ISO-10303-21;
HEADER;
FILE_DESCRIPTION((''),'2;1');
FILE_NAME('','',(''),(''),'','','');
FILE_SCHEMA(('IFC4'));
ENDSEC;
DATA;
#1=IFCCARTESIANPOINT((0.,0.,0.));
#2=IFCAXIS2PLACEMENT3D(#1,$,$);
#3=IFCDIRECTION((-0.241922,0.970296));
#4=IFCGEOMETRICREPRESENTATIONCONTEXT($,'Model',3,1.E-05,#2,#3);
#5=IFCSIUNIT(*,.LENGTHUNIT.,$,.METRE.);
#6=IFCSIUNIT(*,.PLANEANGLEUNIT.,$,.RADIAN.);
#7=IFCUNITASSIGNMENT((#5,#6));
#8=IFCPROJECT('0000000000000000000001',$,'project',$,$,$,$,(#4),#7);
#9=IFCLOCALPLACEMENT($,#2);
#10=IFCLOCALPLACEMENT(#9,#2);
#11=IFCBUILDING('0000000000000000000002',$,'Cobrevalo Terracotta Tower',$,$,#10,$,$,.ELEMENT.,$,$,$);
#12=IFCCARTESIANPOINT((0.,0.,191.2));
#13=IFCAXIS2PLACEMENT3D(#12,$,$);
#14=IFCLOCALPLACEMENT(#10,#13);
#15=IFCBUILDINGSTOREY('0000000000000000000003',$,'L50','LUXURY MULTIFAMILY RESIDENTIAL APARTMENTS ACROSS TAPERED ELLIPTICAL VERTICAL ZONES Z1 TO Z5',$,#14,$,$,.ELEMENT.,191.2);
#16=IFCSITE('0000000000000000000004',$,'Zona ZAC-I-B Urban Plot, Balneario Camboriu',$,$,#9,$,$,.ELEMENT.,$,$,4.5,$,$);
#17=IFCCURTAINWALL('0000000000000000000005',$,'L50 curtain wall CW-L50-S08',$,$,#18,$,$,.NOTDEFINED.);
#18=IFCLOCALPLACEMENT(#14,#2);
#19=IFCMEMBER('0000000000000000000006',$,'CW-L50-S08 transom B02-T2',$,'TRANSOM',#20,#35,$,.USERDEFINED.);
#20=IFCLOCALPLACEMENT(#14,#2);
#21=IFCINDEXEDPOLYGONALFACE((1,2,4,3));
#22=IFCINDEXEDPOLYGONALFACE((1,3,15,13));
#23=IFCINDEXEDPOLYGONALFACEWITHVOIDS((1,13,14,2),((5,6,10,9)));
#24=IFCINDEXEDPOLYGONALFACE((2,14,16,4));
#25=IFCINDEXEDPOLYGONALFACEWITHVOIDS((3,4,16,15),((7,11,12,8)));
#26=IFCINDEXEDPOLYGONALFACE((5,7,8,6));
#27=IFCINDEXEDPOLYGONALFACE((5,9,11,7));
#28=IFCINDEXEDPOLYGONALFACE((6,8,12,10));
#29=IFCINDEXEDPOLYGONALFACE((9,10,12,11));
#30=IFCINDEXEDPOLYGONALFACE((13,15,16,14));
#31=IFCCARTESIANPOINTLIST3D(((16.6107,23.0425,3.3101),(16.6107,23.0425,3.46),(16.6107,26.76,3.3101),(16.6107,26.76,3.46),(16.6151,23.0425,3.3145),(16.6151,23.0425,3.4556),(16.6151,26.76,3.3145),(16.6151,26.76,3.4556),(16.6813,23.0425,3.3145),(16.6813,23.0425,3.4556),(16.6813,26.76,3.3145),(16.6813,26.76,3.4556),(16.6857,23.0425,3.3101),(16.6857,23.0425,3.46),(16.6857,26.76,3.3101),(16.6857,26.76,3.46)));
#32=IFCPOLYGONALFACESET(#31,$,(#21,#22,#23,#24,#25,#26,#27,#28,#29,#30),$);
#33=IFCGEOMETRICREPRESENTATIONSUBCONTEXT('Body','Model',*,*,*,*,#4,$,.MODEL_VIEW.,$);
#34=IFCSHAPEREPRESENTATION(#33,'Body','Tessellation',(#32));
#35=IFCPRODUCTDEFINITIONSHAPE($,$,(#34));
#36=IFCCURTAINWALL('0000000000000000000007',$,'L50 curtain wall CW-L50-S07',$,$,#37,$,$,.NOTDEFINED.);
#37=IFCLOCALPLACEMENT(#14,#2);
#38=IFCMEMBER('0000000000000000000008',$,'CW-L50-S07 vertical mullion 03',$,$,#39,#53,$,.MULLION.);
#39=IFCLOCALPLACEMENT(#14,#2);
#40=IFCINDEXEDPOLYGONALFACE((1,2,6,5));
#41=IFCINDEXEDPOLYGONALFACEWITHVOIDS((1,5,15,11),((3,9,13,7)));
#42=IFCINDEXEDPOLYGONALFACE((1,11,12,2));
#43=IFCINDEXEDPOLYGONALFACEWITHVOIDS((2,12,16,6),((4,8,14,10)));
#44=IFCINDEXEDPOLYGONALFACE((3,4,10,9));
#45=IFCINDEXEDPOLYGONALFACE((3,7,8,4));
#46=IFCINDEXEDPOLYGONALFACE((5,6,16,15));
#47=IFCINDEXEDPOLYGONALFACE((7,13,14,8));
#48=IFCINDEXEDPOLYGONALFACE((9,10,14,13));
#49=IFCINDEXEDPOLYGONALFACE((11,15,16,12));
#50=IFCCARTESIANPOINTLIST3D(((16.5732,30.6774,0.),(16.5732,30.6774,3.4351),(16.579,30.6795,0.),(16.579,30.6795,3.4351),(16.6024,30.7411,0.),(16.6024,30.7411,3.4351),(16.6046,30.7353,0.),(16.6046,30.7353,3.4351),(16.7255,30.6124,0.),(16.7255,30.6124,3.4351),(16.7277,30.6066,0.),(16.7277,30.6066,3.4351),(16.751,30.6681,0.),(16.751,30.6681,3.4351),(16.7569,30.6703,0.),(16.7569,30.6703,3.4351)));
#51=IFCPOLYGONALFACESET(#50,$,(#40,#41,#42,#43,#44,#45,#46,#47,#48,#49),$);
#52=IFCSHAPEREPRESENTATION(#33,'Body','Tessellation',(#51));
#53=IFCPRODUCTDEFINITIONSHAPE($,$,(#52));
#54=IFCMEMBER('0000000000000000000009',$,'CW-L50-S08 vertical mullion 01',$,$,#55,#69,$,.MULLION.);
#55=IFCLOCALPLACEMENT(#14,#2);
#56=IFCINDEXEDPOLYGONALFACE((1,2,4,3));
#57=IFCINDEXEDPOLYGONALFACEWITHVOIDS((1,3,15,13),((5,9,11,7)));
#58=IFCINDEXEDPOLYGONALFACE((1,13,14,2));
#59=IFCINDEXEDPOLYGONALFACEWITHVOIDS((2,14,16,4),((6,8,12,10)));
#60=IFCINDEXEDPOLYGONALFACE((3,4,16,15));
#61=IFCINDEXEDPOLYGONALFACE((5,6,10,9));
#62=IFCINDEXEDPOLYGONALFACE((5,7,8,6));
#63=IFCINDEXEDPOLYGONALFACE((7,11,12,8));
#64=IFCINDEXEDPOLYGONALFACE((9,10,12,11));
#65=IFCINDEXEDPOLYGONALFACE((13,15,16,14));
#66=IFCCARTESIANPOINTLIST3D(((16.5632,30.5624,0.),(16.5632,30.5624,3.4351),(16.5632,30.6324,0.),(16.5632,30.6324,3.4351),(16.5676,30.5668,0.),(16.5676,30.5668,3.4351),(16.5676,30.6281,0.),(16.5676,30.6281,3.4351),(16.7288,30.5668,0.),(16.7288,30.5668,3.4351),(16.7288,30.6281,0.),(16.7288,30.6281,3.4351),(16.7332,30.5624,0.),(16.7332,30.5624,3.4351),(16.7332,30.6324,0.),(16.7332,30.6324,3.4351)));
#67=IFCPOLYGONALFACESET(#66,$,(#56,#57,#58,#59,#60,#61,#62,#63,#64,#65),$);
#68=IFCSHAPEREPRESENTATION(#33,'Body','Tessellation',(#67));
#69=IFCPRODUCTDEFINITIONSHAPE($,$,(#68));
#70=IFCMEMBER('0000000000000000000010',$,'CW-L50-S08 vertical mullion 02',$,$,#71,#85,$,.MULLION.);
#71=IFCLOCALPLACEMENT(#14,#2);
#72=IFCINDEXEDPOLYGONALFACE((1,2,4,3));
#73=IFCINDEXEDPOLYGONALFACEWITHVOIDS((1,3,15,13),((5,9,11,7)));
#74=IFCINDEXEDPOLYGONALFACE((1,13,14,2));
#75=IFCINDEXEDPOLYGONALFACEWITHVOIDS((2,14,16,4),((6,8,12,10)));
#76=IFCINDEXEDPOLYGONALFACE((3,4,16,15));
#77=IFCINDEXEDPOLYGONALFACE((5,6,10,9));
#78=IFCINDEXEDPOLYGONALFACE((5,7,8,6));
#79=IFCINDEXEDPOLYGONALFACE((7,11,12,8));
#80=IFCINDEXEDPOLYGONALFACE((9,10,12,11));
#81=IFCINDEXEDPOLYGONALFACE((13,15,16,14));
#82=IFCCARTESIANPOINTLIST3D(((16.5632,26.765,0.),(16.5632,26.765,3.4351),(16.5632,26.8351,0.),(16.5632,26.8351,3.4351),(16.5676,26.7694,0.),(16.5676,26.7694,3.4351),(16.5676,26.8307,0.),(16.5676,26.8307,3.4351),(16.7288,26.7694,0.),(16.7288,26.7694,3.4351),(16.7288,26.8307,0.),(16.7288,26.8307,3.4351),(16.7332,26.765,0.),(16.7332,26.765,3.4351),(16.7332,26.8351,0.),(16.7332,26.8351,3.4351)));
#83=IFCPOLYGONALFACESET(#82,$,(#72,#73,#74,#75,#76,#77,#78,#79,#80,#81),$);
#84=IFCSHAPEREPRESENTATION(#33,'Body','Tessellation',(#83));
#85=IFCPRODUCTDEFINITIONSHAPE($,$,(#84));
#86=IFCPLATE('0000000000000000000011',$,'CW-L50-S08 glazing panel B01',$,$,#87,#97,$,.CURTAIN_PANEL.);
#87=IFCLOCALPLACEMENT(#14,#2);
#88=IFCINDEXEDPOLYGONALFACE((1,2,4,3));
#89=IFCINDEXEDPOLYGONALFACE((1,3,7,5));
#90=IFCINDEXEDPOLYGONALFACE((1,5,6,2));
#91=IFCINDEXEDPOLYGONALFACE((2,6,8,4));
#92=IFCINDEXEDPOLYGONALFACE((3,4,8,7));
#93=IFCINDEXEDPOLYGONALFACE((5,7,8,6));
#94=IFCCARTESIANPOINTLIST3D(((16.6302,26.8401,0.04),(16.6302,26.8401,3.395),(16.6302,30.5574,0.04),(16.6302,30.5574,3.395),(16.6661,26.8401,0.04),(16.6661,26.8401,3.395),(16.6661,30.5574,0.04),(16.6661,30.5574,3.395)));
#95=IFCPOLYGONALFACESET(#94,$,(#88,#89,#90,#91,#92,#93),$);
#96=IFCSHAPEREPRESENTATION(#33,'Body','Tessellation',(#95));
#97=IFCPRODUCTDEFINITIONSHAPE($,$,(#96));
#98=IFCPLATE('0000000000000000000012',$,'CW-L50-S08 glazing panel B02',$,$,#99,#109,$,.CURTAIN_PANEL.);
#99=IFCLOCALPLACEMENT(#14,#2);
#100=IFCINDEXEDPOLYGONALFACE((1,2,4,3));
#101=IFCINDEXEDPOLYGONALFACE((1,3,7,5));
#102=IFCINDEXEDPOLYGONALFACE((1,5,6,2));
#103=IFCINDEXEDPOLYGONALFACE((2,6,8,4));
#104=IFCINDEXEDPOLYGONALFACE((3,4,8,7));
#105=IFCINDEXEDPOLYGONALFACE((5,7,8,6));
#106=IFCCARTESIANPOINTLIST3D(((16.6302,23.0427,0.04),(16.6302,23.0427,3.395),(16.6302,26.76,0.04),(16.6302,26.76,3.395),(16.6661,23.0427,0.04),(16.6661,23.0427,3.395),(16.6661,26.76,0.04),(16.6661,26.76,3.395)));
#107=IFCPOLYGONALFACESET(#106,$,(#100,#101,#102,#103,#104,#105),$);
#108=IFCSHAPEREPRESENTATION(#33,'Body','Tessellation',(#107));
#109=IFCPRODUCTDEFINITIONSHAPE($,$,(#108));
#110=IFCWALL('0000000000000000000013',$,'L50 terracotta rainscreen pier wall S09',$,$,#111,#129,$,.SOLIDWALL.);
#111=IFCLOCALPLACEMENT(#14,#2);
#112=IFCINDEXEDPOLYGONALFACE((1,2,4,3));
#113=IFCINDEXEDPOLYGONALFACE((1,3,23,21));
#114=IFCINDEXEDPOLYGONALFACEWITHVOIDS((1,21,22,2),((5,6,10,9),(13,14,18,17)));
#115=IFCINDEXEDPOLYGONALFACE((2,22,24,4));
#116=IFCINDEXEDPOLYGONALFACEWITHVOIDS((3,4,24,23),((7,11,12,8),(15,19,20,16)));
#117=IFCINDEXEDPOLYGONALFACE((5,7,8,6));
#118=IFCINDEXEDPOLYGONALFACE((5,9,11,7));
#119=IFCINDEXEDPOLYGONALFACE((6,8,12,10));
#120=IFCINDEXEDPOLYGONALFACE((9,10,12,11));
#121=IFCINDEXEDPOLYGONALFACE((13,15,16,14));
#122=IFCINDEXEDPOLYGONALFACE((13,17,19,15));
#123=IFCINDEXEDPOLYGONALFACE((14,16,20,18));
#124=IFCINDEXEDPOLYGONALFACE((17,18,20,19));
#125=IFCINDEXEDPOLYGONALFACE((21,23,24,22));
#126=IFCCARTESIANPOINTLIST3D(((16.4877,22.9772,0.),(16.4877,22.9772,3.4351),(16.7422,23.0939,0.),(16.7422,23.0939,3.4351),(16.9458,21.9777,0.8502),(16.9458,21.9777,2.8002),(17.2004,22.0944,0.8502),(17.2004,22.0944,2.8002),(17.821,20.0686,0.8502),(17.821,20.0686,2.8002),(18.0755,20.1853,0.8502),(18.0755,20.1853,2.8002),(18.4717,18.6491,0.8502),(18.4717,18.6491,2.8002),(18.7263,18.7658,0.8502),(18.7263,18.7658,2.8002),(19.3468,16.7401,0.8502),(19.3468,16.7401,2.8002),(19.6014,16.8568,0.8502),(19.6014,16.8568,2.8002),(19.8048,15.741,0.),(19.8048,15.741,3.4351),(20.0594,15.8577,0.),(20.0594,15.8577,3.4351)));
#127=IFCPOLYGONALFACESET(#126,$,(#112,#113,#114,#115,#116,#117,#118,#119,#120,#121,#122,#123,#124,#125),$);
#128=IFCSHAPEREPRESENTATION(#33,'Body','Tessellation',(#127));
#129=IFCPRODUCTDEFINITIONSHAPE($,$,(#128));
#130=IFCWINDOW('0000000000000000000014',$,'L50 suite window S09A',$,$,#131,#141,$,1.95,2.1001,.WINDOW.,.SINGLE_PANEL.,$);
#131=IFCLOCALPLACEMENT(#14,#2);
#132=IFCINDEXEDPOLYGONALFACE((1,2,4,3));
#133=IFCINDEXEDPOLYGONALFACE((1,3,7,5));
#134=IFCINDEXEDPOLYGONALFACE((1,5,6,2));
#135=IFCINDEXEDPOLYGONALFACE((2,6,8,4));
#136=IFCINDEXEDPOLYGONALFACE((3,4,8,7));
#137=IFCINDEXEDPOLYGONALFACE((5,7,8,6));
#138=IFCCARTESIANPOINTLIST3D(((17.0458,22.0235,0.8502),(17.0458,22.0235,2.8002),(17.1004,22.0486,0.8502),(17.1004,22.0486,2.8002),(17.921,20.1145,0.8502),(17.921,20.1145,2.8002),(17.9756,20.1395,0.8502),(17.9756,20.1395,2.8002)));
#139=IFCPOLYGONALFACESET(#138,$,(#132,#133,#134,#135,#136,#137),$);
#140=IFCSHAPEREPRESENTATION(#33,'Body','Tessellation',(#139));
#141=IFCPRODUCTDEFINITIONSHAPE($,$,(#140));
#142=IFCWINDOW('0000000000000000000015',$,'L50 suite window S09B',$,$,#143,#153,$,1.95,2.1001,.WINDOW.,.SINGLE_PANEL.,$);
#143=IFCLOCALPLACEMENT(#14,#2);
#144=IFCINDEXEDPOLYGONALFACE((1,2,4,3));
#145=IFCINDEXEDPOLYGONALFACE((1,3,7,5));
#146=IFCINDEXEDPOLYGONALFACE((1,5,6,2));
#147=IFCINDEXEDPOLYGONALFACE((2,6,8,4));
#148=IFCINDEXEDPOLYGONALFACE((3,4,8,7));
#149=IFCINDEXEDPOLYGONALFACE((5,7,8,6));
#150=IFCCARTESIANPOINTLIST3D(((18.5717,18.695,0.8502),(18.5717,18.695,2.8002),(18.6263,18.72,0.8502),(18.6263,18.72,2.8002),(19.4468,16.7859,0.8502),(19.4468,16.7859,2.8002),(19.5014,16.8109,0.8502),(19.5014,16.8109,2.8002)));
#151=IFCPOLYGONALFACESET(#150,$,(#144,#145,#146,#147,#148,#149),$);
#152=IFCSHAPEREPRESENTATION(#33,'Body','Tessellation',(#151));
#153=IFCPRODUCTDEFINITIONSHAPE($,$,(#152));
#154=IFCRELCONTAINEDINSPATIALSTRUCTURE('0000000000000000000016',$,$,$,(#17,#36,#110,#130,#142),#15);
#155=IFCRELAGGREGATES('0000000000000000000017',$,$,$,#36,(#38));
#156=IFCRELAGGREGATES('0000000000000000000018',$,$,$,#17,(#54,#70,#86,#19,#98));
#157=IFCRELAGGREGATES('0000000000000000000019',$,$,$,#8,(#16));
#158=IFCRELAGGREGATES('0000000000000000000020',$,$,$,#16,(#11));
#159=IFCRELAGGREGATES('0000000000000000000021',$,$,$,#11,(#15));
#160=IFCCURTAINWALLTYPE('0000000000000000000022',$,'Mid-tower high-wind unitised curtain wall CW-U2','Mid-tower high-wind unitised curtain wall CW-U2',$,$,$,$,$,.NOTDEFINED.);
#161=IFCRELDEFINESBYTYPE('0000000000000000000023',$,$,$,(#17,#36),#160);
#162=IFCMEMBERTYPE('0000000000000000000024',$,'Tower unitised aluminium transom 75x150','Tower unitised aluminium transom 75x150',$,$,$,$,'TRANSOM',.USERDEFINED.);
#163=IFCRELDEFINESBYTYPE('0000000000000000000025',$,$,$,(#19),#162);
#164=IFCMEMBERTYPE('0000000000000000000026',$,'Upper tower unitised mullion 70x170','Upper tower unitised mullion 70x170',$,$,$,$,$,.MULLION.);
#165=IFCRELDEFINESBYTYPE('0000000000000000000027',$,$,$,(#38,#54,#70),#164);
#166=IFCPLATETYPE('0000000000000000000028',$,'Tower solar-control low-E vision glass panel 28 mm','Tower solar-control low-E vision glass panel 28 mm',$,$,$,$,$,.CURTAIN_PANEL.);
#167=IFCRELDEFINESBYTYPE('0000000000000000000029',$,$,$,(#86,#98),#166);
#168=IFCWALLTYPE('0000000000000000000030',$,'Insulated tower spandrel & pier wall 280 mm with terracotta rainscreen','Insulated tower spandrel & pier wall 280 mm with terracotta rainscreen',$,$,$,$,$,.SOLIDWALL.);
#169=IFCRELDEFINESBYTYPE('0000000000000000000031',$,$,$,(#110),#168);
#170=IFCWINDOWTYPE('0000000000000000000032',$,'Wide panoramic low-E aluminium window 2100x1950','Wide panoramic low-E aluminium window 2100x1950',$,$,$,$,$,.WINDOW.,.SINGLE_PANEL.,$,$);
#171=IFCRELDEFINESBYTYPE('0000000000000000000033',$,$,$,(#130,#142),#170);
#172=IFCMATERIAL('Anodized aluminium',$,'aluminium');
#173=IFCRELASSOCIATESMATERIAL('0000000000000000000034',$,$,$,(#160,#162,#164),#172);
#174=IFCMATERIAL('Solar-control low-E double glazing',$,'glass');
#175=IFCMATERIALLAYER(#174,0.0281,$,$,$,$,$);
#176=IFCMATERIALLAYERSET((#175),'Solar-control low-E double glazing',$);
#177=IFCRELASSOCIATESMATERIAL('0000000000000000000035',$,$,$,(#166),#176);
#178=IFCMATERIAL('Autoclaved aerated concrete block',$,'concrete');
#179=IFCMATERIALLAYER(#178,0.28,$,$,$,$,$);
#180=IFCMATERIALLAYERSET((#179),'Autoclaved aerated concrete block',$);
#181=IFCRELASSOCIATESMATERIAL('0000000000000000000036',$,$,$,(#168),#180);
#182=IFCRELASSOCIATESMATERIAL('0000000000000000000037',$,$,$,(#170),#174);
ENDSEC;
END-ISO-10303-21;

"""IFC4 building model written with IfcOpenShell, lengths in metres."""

from ifc_helpers import new_model, si_unit, direction, frame, frame_2d, origin, origin_2d, place, context, subcontext, project, spatial, rectangle, hollow_rectangle, extrude, source, transform, mapped, material, layer, layer_set, material_profile, profile_set, type_object, element, fill, aggregate, save


model = new_model("IFC4")

# Units and contexts
model_context = context("Model", 3, precision=1e-05, world=origin(), true_north=direction((-0.241922, 0.970296)))
body_context = subcontext(model_context, "Body", "Model", "MODEL_VIEW")
ifc_project = project(units=[si_unit("LENGTHUNIT", "METRE"), si_unit("PLANEANGLEUNIT", "RADIAN")], contexts=[model_context])

# Site, building, storey
site_placement = place(None, origin())
site = spatial("IfcSite", under=ifc_project, at=site_placement, Name="Zona ZAC-I-B Urban Plot, Balneario Camboriu", CompositionType="ELEMENT", RefElevation=4.5)
building_placement = place(site_placement, origin())
building = spatial("IfcBuilding", under=site, at=building_placement, Name="Cobrevalo Terracotta Tower", CompositionType="ELEMENT")
storey_placement = place(building_placement, frame((0.0, 0.0, 191.2)))
storey = spatial("IfcBuildingStorey", under=building, at=storey_placement, Name="L50", Description="LUXURY MULTIFAMILY RESIDENTIAL APARTMENTS ACROSS TAPERED ELLIPTICAL VERTICAL ZONES Z1 TO Z5", CompositionType="ELEMENT", Elevation=191.2)

# Curtain wall, member
ifc_material_1 = material(Name="Anodized aluminium", Category="aluminium")
curtain_wall_type = type_object("IfcCurtainWallType", Name="Mid-tower high-wind unitised curtain wall CW-U2", Description="Mid-tower high-wind unitised curtain wall CW-U2", PredefinedType="NOTDEFINED", material=ifc_material_1)
curtain_wall_1_placement = place(storey_placement, origin())
curtain_wall_1 = element("IfcCurtainWall", 1, at=curtain_wall_1_placement, inside=storey, type_object=curtain_wall_type, Name="L50 curtain wall CW-L50-S08", PredefinedType="NOTDEFINED")
ifc_material_profile_1 = material_profile(ifc_material_1, hollow_rectangle(XDim=0.075, YDim=0.1499, WallThickness=0.0044, at=origin_2d()), Name="CWT 75x150")
ifc_profile_set_1 = profile_set([ifc_material_profile_1], Name="Anodized aluminium")
member_type_1 = type_object("IfcMemberType", Name="Tower unitised aluminium transom 75x150", Description="Tower unitised aluminium transom 75x150", ElementType="TRANSOM", PredefinedType="USERDEFINED", material=ifc_profile_set_1)
shared_shape_1 = source(origin(), body_context, "Body", "SweptSolid", [
    extrude(hollow_rectangle(XDim=0.075, YDim=0.1499, WallThickness=0.0044, at=origin_2d()), origin(), (0.0, 0.0, 1.0), 3.7175),
])
member_1_placement = place(storey_placement, frame((16.6482, 26.76, 3.385), z_axis=(0.0, -1.0, 0.0), x_axis=(1.0, 0.0, 0.0)))
member_1 = element("IfcMember", 2, at=member_1_placement, type_object=member_type_1, Name="CW-L50-S08 transom B02-T2", ObjectType="TRANSOM", PredefinedType="USERDEFINED", context=body_context, shape_type="MappedRepresentation", body=[
    mapped(shared_shape_1, transform((0.0, 0.0, 0.0), scale=1.0)),
])

# Curtain wall, member
curtain_wall_2_placement = place(storey_placement, origin())
curtain_wall_2 = element("IfcCurtainWall", 3, at=curtain_wall_2_placement, inside=storey, type_object=curtain_wall_type, Name="L50 curtain wall CW-L50-S07", PredefinedType="NOTDEFINED")
ifc_material_profile_2 = material_profile(ifc_material_1, hollow_rectangle(XDim=0.0701, YDim=0.1699, WallThickness=0.0044, at=origin_2d()), Name="CWM 70x170")
ifc_profile_set_2 = profile_set([ifc_material_profile_2], Name="Anodized aluminium")
member_type_2 = type_object("IfcMemberType", Name="Upper tower unitised mullion 70x170", Description="Upper tower unitised mullion 70x170", PredefinedType="MULLION", material=ifc_profile_set_2)
shared_shape_2 = source(origin(), body_context, "Body", "SweptSolid", [
    extrude(hollow_rectangle(XDim=0.0701, YDim=0.1699, WallThickness=0.0044, at=origin_2d()), origin(), (0.0, 0.0, 1.0), 3.4351),
])
member_2_placement = place(storey_placement, frame((16.665, 30.6738, 0.0), z_axis=(0.0, 0.0, 1.0), x_axis=(-0.416725, -0.909033, 0.0)))
member_2 = element("IfcMember", 4, at=member_2_placement, type_object=member_type_2, Name="CW-L50-S07 vertical mullion 03", PredefinedType="MULLION", context=body_context, shape_type="MappedRepresentation", body=[
    mapped(shared_shape_2, transform((0.0, 0.0, 0.0), scale=1.0)),
])
aggregate(curtain_wall_2, [member_2])

# Members
member_3_placement = place(storey_placement, frame((16.6482, 30.5974, 0.0), z_axis=(0.0, 0.0, 1.0), x_axis=(0.0, -1.0, 0.0)))
member_3 = element("IfcMember", 5, at=member_3_placement, type_object=member_type_2, Name="CW-L50-S08 vertical mullion 01", PredefinedType="MULLION", context=body_context, shape_type="MappedRepresentation", body=[
    mapped(shared_shape_2, transform((0.0, 0.0, 0.0), scale=1.0)),
])
member_4_placement = place(storey_placement, frame((16.6482, 26.8, 0.0), z_axis=(0.0, 0.0, 1.0), x_axis=(0.0, -1.0, 0.0)))
member_4 = element("IfcMember", 6, at=member_4_placement, type_object=member_type_2, Name="CW-L50-S08 vertical mullion 02", PredefinedType="MULLION", context=body_context, shape_type="MappedRepresentation", body=[
    mapped(shared_shape_2, transform((0.0, 0.0, 0.0), scale=1.0)),
])

# Plates
ifc_material_2 = material(Name="Solar-control low-E double glazing", Category="glass")
ifc_layer_1 = layer(ifc_material_2, 0.0281)
ifc_layer_set_1 = layer_set([ifc_layer_1], Name="Solar-control low-E double glazing")
plate_type = type_object("IfcPlateType", Name="Tower solar-control low-E vision glass panel 28 mm", Description="Tower solar-control low-E vision glass panel 28 mm", PredefinedType="CURTAIN_PANEL", material=ifc_layer_set_1)
shared_shape_3 = source(origin(), body_context, "Body", "SweptSolid", [
    extrude(rectangle(XDim=3.7173, YDim=0.0359, at=origin_2d()), origin(), (0.0, 0.0, 1.0), 3.355),
])
plate_1_placement = place(storey_placement, frame((16.6482, 28.6987, 0.04), z_axis=(0.0, 0.0, 1.0), x_axis=(0.0, -1.0, 0.0)))
plate_1 = element("IfcPlate", 7, at=plate_1_placement, type_object=plate_type, Name="CW-L50-S08 glazing panel B01", PredefinedType="CURTAIN_PANEL", context=body_context, shape_type="MappedRepresentation", body=[
    mapped(shared_shape_3, transform((0.0, 0.0, 0.0), scale=1.0)),
])
plate_2_placement = place(storey_placement, frame((16.6482, 24.9014, 0.04), z_axis=(0.0, 0.0, 1.0), x_axis=(0.0, -1.0, 0.0)))
plate_2 = element("IfcPlate", 8, at=plate_2_placement, type_object=plate_type, Name="CW-L50-S08 glazing panel B02", PredefinedType="CURTAIN_PANEL", context=body_context, shape_type="MappedRepresentation", body=[
    mapped(shared_shape_3, transform((0.0, 0.0, 0.0), scale=1.0)),
])
aggregate(curtain_wall_1, [member_3, member_4, plate_1, member_1, plate_2])

# Wall, openings, windows
ifc_material_3 = material(Name="Autoclaved aerated concrete block", Category="concrete")
ifc_layer_2 = layer(ifc_material_3, 0.28)
ifc_layer_set_2 = layer_set([ifc_layer_2], Name="Autoclaved aerated concrete block")
wall_type_1 = type_object("IfcWallType", Name="Insulated tower spandrel & pier wall 280 mm with terracotta rainscreen", Description="Insulated tower spandrel & pier wall 280 mm with terracotta rainscreen", PredefinedType="SOLIDWALL", material=ifc_layer_set_2)
wall_1_placement = place(storey_placement, frame((16.615, 23.0354, 0.0), z_axis=(0.0, 0.0, 1.0), x_axis=(0.416717, -0.909036, 0.0)))
wall_1 = element("IfcWall", 9, at=wall_1_placement, inside=storey, type_object=wall_type_1, Name="L50 terracotta rainscreen pier wall S09", PredefinedType="SOLIDWALL", context=body_context, shape_type="SweptSolid", body=[
    extrude(rectangle(XDim=7.9602, YDim=0.28, at=frame_2d((3.98, 0.0))), origin(), (0.0, 0.0, 1.0), 3.4351),
])
opening_1_placement = place(wall_1_placement, frame((1.0994, 0.0, 0.8501)))
opening_1 = element("IfcOpeningElement", 10, at=opening_1_placement, cuts=wall_1, PredefinedType="OPENING", context=body_context, shape_type="SweptSolid", body=[
    extrude(rectangle(XDim=2.1001, YDim=1.95, at=frame_2d((1.05, 0.9751))), frame((0.0, 0.1499, 0.0), z_axis=(0.0, -1.0, 0.0), x_axis=(1.0, 0.0, 0.0)), (0.0, 0.0, 1.0), 0.3),
])
opening_2_placement = place(wall_1_placement, frame((4.761, 0.0, 0.8501)))
opening_2 = element("IfcOpeningElement", 11, at=opening_2_placement, cuts=wall_1, PredefinedType="OPENING", context=body_context, shape_type="SweptSolid", body=[
    extrude(rectangle(XDim=2.1001, YDim=1.95, at=frame_2d((1.05, 0.9751))), frame((0.0, 0.1499, 0.0), z_axis=(0.0, -1.0, 0.0), x_axis=(1.0, 0.0, 0.0)), (0.0, 0.0, 1.0), 0.3),
])
window_type = type_object("IfcWindowType", Name="Wide panoramic low-E aluminium window 2100x1950", Description="Wide panoramic low-E aluminium window 2100x1950", PartitioningType="SINGLE_PANEL", PredefinedType="WINDOW", material=ifc_material_2)
shared_shape_4 = source(origin(), body_context, "Body", "SweptSolid", [
    extrude(rectangle(XDim=2.1001, YDim=1.95, at=frame_2d((1.05, 0.9751))), frame((0.0, 0.03, 0.0), z_axis=(0.0, -1.0, 0.0), x_axis=(1.0, 0.0, 0.0)), (0.0, 0.0, 1.0), 0.0601),
])
window_1_placement = place(opening_1_placement, origin())
window_1 = element("IfcWindow", 12, at=window_1_placement, inside=storey, type_object=window_type, Name="L50 suite window S09A", OverallHeight=1.95, OverallWidth=2.1001, PartitioningType="SINGLE_PANEL", PredefinedType="WINDOW", context=body_context, shape_type="MappedRepresentation", body=[
    mapped(shared_shape_4, transform((0.0, 0.0, 0.0), scale=1.0)),
])
fill(opening_1, window_1)
window_2_placement = place(opening_2_placement, origin())
window_2 = element("IfcWindow", 13, at=window_2_placement, inside=storey, type_object=window_type, Name="L50 suite window S09B", OverallHeight=1.95, OverallWidth=2.1001, PartitioningType="SINGLE_PANEL", PredefinedType="WINDOW", context=body_context, shape_type="MappedRepresentation", body=[
    mapped(shared_shape_4, transform((0.0, 0.0, 0.0), scale=1.0)),
])
fill(opening_2, window_2)

save(model, "model.ifc")
